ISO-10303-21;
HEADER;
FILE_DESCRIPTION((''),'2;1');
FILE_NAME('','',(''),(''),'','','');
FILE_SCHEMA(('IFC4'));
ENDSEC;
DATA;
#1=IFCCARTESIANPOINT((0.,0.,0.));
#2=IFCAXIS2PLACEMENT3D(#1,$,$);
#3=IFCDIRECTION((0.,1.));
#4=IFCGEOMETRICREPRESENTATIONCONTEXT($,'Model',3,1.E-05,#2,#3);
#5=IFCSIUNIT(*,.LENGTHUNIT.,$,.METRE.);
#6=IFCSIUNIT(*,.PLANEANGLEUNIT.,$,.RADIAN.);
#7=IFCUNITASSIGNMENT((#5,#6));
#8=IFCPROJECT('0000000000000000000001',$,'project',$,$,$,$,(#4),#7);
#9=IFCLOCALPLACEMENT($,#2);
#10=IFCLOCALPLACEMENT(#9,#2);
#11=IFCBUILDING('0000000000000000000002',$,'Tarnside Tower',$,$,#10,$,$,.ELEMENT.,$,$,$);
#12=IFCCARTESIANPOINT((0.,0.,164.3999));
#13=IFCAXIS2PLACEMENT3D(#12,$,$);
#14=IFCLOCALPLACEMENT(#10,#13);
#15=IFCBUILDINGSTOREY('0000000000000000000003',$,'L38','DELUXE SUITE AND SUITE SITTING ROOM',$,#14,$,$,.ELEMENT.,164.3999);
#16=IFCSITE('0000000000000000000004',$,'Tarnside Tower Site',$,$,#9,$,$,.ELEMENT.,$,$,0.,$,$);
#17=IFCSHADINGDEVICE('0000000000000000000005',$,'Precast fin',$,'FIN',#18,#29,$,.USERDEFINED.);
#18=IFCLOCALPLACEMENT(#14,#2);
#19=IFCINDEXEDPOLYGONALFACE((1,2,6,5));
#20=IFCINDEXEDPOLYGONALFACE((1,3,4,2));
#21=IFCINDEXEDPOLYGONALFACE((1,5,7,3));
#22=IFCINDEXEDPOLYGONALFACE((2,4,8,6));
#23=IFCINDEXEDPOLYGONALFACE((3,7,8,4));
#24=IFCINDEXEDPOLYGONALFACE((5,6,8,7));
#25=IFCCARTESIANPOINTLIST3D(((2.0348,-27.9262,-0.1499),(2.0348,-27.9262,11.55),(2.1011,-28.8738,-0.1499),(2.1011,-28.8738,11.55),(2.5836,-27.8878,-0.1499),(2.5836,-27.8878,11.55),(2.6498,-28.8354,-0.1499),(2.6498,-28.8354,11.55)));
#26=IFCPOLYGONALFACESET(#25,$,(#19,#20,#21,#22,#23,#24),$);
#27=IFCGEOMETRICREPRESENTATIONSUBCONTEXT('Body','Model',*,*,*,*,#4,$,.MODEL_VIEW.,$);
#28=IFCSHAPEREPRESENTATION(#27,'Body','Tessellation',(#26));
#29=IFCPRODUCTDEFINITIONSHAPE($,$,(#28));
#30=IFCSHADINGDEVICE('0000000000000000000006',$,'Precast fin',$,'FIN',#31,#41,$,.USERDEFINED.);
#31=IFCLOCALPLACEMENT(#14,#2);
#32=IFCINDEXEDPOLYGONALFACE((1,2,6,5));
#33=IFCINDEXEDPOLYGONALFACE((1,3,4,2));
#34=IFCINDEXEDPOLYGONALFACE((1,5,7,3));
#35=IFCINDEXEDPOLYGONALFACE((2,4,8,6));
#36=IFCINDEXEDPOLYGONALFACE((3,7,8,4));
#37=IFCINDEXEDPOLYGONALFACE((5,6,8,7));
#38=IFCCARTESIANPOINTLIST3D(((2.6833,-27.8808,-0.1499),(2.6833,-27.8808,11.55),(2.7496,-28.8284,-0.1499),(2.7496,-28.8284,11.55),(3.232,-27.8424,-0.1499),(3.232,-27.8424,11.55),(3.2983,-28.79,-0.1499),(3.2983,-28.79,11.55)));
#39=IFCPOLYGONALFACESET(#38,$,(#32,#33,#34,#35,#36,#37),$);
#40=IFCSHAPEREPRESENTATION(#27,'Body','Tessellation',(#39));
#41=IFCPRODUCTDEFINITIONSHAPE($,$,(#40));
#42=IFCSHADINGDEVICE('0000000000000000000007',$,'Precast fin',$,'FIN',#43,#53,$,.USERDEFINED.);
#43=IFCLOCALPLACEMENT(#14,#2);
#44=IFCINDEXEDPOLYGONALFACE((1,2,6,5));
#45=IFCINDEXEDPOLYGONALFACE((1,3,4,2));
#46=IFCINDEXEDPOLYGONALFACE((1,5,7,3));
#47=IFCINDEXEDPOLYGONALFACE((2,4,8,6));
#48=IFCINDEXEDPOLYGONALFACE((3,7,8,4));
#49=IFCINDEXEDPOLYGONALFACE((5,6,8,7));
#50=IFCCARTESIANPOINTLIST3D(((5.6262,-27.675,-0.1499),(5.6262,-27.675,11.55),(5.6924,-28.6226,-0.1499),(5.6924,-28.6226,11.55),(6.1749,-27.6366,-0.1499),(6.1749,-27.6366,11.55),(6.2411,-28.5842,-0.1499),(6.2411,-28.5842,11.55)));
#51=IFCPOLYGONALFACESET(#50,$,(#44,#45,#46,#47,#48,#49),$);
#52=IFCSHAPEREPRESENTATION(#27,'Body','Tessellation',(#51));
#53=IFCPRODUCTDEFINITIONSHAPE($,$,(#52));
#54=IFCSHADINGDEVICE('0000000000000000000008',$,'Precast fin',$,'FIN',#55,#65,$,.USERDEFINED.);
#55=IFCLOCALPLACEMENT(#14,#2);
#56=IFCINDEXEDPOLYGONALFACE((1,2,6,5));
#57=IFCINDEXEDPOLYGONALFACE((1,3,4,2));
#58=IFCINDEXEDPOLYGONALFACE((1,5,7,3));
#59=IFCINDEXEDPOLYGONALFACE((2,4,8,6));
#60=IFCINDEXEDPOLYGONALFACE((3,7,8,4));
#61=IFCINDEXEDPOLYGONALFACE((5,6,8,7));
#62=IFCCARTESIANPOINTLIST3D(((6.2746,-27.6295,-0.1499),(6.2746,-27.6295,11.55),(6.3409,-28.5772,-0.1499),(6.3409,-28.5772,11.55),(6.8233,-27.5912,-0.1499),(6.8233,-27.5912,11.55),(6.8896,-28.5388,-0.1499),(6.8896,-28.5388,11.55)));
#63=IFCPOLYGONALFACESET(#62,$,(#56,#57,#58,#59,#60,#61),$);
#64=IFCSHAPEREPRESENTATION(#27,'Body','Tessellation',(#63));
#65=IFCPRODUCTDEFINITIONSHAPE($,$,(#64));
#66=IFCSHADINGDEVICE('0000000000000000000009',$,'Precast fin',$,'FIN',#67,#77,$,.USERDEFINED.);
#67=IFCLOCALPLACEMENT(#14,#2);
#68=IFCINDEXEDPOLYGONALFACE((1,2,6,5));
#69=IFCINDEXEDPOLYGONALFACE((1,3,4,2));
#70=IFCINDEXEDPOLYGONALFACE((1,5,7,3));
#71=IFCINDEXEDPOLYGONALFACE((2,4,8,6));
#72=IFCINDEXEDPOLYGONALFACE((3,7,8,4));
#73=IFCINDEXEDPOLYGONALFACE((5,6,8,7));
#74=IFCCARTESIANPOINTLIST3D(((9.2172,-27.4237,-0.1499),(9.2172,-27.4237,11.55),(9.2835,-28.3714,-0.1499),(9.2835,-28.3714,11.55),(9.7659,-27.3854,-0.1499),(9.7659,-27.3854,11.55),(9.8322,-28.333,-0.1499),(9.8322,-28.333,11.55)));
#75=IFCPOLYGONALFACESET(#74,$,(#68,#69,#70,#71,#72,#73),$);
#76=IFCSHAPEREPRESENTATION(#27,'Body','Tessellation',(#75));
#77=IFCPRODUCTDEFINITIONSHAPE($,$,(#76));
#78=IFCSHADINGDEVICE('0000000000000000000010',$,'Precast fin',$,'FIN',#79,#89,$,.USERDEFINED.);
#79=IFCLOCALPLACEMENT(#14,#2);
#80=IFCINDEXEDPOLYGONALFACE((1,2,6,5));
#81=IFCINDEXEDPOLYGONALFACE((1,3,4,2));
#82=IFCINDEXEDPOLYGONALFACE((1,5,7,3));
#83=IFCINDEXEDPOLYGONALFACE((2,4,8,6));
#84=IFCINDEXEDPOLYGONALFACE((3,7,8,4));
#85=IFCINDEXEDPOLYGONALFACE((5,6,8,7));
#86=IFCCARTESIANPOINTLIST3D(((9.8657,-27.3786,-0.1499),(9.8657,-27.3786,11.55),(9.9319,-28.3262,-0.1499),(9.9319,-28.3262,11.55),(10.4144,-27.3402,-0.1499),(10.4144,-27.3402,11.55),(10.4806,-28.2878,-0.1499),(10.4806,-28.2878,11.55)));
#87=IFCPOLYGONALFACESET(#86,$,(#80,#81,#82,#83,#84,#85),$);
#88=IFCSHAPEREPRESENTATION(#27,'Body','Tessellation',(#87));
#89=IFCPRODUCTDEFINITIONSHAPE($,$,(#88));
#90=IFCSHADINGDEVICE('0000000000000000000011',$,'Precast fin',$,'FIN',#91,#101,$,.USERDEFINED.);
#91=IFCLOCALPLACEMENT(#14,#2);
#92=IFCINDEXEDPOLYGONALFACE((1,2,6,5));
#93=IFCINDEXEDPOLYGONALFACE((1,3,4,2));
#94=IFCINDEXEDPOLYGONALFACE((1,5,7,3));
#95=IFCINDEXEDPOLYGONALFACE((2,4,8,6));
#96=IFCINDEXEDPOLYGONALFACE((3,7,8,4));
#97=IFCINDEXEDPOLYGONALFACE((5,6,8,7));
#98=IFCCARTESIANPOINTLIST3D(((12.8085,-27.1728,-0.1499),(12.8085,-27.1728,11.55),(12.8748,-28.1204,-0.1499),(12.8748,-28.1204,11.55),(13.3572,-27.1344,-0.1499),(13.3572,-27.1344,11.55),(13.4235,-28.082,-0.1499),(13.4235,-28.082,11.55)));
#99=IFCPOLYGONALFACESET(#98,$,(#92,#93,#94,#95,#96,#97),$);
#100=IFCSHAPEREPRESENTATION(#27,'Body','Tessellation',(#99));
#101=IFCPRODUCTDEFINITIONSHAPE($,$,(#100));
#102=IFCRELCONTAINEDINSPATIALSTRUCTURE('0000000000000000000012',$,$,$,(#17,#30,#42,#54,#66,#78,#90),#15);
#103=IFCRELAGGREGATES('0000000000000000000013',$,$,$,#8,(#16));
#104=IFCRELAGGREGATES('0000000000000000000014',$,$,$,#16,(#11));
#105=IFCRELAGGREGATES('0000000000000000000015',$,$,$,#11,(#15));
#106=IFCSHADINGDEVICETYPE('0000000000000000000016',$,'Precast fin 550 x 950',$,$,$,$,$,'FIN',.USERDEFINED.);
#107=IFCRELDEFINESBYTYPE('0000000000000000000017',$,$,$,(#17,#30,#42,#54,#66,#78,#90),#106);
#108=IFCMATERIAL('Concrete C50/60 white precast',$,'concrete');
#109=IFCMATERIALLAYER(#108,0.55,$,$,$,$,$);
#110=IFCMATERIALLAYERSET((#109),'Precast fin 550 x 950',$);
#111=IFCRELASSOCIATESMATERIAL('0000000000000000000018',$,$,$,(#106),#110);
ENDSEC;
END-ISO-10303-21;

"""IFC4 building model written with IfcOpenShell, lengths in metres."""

from ifc_helpers import new_model, si_unit, direction, frame, origin, place, context, subcontext, project, spatial, polyline, outline, extrude, material, layer, layer_set, type_object, element, save


model = new_model("IFC4")

# Units and contexts
model_context = context("Model", 3, precision=1e-05, world=origin(), true_north=direction((0.0, 1.0)))
body_context = subcontext(model_context, "Body", "Model", "MODEL_VIEW")
ifc_project = project(units=[si_unit("LENGTHUNIT", "METRE"), si_unit("PLANEANGLEUNIT", "RADIAN")], contexts=[model_context])

# Site, building, storey
site_placement = place(None, origin())
site = spatial("IfcSite", under=ifc_project, at=site_placement, Name="Tarnside Tower Site", CompositionType="ELEMENT", RefElevation=0.0)
building_placement = place(site_placement, origin())
building = spatial("IfcBuilding", under=site, at=building_placement, Name="Tarnside Tower", CompositionType="ELEMENT")
storey_placement = place(building_placement, frame((0.0, 0.0, 164.3999)))
storey = spatial("IfcBuildingStorey", under=building, at=storey_placement, Name="L38", Description="DELUXE SUITE AND SUITE SITTING ROOM", CompositionType="ELEMENT", Elevation=164.3999)

# Shading devices
ifc_material_1 = material(Name="Concrete C50/60 white precast", Category="concrete")
ifc_layer_1 = layer(ifc_material_1, 0.55)
ifc_layer_set_1 = layer_set([ifc_layer_1], Name="Precast fin 550 x 950")
shading_device_type = type_object("IfcShadingDeviceType", Name="Precast fin 550 x 950", ElementType="FIN", PredefinedType="USERDEFINED", material=ifc_layer_set_1)
for number, where, z_axis, x_axis, name in (
    (1, (2.3093, -27.907, -0.1499), (-0.997564, -0.069756, 0.0), (0.069756, -0.997564, 0.0), "Precast fin"),
    (2, (2.9578, -27.8616, -0.1499), (-0.997564, -0.069756, 0.0), (0.069756, -0.997564, 0.0), "Precast fin"),
    (3, (5.9006, -27.6558, -0.1499), (-0.997564, -0.069756, 0.0), (0.069756, -0.997564, 0.0), "Precast fin"),
    (4, (6.5491, -27.6104, -0.1499), (-0.997564, -0.069756, 0.0), (0.069756, -0.997564, 0.0), "Precast fin"),
    (5, (9.4917, -27.4045, -0.1499), (-0.997564, -0.069756, 0.0), (0.069756, -0.997564, 0.0), "Precast fin"),
    (6, (10.1401, -27.3594, -0.1499), (-0.997564, -0.069756, 0.0), (0.069756, -0.997564, 0.0), "Precast fin"),
    (7, (13.083, -27.1536, -0.1499), (-0.997564, -0.069756, 0.0), (0.069756, -0.997564, 0.0), "Precast fin"),
):
    element("IfcShadingDevice", number, at=place(storey_placement, frame(where, z_axis=z_axis, x_axis=x_axis)), inside=storey, type_object=shading_device_type, Name=name, ObjectType="FIN", PredefinedType="USERDEFINED", context=body_context, shape_type="SweptSolid", body=[
        extrude(outline(polyline([(0.0, 0.0), (0.95, 0.0), (0.95, 11.7), (0.0, 11.7), (0.0, 0.0)])), frame((0.0, 0.0, -0.2749)), (0.0, 0.0, 1.0), 0.55),
    ])

save(model, "model.ifc")
